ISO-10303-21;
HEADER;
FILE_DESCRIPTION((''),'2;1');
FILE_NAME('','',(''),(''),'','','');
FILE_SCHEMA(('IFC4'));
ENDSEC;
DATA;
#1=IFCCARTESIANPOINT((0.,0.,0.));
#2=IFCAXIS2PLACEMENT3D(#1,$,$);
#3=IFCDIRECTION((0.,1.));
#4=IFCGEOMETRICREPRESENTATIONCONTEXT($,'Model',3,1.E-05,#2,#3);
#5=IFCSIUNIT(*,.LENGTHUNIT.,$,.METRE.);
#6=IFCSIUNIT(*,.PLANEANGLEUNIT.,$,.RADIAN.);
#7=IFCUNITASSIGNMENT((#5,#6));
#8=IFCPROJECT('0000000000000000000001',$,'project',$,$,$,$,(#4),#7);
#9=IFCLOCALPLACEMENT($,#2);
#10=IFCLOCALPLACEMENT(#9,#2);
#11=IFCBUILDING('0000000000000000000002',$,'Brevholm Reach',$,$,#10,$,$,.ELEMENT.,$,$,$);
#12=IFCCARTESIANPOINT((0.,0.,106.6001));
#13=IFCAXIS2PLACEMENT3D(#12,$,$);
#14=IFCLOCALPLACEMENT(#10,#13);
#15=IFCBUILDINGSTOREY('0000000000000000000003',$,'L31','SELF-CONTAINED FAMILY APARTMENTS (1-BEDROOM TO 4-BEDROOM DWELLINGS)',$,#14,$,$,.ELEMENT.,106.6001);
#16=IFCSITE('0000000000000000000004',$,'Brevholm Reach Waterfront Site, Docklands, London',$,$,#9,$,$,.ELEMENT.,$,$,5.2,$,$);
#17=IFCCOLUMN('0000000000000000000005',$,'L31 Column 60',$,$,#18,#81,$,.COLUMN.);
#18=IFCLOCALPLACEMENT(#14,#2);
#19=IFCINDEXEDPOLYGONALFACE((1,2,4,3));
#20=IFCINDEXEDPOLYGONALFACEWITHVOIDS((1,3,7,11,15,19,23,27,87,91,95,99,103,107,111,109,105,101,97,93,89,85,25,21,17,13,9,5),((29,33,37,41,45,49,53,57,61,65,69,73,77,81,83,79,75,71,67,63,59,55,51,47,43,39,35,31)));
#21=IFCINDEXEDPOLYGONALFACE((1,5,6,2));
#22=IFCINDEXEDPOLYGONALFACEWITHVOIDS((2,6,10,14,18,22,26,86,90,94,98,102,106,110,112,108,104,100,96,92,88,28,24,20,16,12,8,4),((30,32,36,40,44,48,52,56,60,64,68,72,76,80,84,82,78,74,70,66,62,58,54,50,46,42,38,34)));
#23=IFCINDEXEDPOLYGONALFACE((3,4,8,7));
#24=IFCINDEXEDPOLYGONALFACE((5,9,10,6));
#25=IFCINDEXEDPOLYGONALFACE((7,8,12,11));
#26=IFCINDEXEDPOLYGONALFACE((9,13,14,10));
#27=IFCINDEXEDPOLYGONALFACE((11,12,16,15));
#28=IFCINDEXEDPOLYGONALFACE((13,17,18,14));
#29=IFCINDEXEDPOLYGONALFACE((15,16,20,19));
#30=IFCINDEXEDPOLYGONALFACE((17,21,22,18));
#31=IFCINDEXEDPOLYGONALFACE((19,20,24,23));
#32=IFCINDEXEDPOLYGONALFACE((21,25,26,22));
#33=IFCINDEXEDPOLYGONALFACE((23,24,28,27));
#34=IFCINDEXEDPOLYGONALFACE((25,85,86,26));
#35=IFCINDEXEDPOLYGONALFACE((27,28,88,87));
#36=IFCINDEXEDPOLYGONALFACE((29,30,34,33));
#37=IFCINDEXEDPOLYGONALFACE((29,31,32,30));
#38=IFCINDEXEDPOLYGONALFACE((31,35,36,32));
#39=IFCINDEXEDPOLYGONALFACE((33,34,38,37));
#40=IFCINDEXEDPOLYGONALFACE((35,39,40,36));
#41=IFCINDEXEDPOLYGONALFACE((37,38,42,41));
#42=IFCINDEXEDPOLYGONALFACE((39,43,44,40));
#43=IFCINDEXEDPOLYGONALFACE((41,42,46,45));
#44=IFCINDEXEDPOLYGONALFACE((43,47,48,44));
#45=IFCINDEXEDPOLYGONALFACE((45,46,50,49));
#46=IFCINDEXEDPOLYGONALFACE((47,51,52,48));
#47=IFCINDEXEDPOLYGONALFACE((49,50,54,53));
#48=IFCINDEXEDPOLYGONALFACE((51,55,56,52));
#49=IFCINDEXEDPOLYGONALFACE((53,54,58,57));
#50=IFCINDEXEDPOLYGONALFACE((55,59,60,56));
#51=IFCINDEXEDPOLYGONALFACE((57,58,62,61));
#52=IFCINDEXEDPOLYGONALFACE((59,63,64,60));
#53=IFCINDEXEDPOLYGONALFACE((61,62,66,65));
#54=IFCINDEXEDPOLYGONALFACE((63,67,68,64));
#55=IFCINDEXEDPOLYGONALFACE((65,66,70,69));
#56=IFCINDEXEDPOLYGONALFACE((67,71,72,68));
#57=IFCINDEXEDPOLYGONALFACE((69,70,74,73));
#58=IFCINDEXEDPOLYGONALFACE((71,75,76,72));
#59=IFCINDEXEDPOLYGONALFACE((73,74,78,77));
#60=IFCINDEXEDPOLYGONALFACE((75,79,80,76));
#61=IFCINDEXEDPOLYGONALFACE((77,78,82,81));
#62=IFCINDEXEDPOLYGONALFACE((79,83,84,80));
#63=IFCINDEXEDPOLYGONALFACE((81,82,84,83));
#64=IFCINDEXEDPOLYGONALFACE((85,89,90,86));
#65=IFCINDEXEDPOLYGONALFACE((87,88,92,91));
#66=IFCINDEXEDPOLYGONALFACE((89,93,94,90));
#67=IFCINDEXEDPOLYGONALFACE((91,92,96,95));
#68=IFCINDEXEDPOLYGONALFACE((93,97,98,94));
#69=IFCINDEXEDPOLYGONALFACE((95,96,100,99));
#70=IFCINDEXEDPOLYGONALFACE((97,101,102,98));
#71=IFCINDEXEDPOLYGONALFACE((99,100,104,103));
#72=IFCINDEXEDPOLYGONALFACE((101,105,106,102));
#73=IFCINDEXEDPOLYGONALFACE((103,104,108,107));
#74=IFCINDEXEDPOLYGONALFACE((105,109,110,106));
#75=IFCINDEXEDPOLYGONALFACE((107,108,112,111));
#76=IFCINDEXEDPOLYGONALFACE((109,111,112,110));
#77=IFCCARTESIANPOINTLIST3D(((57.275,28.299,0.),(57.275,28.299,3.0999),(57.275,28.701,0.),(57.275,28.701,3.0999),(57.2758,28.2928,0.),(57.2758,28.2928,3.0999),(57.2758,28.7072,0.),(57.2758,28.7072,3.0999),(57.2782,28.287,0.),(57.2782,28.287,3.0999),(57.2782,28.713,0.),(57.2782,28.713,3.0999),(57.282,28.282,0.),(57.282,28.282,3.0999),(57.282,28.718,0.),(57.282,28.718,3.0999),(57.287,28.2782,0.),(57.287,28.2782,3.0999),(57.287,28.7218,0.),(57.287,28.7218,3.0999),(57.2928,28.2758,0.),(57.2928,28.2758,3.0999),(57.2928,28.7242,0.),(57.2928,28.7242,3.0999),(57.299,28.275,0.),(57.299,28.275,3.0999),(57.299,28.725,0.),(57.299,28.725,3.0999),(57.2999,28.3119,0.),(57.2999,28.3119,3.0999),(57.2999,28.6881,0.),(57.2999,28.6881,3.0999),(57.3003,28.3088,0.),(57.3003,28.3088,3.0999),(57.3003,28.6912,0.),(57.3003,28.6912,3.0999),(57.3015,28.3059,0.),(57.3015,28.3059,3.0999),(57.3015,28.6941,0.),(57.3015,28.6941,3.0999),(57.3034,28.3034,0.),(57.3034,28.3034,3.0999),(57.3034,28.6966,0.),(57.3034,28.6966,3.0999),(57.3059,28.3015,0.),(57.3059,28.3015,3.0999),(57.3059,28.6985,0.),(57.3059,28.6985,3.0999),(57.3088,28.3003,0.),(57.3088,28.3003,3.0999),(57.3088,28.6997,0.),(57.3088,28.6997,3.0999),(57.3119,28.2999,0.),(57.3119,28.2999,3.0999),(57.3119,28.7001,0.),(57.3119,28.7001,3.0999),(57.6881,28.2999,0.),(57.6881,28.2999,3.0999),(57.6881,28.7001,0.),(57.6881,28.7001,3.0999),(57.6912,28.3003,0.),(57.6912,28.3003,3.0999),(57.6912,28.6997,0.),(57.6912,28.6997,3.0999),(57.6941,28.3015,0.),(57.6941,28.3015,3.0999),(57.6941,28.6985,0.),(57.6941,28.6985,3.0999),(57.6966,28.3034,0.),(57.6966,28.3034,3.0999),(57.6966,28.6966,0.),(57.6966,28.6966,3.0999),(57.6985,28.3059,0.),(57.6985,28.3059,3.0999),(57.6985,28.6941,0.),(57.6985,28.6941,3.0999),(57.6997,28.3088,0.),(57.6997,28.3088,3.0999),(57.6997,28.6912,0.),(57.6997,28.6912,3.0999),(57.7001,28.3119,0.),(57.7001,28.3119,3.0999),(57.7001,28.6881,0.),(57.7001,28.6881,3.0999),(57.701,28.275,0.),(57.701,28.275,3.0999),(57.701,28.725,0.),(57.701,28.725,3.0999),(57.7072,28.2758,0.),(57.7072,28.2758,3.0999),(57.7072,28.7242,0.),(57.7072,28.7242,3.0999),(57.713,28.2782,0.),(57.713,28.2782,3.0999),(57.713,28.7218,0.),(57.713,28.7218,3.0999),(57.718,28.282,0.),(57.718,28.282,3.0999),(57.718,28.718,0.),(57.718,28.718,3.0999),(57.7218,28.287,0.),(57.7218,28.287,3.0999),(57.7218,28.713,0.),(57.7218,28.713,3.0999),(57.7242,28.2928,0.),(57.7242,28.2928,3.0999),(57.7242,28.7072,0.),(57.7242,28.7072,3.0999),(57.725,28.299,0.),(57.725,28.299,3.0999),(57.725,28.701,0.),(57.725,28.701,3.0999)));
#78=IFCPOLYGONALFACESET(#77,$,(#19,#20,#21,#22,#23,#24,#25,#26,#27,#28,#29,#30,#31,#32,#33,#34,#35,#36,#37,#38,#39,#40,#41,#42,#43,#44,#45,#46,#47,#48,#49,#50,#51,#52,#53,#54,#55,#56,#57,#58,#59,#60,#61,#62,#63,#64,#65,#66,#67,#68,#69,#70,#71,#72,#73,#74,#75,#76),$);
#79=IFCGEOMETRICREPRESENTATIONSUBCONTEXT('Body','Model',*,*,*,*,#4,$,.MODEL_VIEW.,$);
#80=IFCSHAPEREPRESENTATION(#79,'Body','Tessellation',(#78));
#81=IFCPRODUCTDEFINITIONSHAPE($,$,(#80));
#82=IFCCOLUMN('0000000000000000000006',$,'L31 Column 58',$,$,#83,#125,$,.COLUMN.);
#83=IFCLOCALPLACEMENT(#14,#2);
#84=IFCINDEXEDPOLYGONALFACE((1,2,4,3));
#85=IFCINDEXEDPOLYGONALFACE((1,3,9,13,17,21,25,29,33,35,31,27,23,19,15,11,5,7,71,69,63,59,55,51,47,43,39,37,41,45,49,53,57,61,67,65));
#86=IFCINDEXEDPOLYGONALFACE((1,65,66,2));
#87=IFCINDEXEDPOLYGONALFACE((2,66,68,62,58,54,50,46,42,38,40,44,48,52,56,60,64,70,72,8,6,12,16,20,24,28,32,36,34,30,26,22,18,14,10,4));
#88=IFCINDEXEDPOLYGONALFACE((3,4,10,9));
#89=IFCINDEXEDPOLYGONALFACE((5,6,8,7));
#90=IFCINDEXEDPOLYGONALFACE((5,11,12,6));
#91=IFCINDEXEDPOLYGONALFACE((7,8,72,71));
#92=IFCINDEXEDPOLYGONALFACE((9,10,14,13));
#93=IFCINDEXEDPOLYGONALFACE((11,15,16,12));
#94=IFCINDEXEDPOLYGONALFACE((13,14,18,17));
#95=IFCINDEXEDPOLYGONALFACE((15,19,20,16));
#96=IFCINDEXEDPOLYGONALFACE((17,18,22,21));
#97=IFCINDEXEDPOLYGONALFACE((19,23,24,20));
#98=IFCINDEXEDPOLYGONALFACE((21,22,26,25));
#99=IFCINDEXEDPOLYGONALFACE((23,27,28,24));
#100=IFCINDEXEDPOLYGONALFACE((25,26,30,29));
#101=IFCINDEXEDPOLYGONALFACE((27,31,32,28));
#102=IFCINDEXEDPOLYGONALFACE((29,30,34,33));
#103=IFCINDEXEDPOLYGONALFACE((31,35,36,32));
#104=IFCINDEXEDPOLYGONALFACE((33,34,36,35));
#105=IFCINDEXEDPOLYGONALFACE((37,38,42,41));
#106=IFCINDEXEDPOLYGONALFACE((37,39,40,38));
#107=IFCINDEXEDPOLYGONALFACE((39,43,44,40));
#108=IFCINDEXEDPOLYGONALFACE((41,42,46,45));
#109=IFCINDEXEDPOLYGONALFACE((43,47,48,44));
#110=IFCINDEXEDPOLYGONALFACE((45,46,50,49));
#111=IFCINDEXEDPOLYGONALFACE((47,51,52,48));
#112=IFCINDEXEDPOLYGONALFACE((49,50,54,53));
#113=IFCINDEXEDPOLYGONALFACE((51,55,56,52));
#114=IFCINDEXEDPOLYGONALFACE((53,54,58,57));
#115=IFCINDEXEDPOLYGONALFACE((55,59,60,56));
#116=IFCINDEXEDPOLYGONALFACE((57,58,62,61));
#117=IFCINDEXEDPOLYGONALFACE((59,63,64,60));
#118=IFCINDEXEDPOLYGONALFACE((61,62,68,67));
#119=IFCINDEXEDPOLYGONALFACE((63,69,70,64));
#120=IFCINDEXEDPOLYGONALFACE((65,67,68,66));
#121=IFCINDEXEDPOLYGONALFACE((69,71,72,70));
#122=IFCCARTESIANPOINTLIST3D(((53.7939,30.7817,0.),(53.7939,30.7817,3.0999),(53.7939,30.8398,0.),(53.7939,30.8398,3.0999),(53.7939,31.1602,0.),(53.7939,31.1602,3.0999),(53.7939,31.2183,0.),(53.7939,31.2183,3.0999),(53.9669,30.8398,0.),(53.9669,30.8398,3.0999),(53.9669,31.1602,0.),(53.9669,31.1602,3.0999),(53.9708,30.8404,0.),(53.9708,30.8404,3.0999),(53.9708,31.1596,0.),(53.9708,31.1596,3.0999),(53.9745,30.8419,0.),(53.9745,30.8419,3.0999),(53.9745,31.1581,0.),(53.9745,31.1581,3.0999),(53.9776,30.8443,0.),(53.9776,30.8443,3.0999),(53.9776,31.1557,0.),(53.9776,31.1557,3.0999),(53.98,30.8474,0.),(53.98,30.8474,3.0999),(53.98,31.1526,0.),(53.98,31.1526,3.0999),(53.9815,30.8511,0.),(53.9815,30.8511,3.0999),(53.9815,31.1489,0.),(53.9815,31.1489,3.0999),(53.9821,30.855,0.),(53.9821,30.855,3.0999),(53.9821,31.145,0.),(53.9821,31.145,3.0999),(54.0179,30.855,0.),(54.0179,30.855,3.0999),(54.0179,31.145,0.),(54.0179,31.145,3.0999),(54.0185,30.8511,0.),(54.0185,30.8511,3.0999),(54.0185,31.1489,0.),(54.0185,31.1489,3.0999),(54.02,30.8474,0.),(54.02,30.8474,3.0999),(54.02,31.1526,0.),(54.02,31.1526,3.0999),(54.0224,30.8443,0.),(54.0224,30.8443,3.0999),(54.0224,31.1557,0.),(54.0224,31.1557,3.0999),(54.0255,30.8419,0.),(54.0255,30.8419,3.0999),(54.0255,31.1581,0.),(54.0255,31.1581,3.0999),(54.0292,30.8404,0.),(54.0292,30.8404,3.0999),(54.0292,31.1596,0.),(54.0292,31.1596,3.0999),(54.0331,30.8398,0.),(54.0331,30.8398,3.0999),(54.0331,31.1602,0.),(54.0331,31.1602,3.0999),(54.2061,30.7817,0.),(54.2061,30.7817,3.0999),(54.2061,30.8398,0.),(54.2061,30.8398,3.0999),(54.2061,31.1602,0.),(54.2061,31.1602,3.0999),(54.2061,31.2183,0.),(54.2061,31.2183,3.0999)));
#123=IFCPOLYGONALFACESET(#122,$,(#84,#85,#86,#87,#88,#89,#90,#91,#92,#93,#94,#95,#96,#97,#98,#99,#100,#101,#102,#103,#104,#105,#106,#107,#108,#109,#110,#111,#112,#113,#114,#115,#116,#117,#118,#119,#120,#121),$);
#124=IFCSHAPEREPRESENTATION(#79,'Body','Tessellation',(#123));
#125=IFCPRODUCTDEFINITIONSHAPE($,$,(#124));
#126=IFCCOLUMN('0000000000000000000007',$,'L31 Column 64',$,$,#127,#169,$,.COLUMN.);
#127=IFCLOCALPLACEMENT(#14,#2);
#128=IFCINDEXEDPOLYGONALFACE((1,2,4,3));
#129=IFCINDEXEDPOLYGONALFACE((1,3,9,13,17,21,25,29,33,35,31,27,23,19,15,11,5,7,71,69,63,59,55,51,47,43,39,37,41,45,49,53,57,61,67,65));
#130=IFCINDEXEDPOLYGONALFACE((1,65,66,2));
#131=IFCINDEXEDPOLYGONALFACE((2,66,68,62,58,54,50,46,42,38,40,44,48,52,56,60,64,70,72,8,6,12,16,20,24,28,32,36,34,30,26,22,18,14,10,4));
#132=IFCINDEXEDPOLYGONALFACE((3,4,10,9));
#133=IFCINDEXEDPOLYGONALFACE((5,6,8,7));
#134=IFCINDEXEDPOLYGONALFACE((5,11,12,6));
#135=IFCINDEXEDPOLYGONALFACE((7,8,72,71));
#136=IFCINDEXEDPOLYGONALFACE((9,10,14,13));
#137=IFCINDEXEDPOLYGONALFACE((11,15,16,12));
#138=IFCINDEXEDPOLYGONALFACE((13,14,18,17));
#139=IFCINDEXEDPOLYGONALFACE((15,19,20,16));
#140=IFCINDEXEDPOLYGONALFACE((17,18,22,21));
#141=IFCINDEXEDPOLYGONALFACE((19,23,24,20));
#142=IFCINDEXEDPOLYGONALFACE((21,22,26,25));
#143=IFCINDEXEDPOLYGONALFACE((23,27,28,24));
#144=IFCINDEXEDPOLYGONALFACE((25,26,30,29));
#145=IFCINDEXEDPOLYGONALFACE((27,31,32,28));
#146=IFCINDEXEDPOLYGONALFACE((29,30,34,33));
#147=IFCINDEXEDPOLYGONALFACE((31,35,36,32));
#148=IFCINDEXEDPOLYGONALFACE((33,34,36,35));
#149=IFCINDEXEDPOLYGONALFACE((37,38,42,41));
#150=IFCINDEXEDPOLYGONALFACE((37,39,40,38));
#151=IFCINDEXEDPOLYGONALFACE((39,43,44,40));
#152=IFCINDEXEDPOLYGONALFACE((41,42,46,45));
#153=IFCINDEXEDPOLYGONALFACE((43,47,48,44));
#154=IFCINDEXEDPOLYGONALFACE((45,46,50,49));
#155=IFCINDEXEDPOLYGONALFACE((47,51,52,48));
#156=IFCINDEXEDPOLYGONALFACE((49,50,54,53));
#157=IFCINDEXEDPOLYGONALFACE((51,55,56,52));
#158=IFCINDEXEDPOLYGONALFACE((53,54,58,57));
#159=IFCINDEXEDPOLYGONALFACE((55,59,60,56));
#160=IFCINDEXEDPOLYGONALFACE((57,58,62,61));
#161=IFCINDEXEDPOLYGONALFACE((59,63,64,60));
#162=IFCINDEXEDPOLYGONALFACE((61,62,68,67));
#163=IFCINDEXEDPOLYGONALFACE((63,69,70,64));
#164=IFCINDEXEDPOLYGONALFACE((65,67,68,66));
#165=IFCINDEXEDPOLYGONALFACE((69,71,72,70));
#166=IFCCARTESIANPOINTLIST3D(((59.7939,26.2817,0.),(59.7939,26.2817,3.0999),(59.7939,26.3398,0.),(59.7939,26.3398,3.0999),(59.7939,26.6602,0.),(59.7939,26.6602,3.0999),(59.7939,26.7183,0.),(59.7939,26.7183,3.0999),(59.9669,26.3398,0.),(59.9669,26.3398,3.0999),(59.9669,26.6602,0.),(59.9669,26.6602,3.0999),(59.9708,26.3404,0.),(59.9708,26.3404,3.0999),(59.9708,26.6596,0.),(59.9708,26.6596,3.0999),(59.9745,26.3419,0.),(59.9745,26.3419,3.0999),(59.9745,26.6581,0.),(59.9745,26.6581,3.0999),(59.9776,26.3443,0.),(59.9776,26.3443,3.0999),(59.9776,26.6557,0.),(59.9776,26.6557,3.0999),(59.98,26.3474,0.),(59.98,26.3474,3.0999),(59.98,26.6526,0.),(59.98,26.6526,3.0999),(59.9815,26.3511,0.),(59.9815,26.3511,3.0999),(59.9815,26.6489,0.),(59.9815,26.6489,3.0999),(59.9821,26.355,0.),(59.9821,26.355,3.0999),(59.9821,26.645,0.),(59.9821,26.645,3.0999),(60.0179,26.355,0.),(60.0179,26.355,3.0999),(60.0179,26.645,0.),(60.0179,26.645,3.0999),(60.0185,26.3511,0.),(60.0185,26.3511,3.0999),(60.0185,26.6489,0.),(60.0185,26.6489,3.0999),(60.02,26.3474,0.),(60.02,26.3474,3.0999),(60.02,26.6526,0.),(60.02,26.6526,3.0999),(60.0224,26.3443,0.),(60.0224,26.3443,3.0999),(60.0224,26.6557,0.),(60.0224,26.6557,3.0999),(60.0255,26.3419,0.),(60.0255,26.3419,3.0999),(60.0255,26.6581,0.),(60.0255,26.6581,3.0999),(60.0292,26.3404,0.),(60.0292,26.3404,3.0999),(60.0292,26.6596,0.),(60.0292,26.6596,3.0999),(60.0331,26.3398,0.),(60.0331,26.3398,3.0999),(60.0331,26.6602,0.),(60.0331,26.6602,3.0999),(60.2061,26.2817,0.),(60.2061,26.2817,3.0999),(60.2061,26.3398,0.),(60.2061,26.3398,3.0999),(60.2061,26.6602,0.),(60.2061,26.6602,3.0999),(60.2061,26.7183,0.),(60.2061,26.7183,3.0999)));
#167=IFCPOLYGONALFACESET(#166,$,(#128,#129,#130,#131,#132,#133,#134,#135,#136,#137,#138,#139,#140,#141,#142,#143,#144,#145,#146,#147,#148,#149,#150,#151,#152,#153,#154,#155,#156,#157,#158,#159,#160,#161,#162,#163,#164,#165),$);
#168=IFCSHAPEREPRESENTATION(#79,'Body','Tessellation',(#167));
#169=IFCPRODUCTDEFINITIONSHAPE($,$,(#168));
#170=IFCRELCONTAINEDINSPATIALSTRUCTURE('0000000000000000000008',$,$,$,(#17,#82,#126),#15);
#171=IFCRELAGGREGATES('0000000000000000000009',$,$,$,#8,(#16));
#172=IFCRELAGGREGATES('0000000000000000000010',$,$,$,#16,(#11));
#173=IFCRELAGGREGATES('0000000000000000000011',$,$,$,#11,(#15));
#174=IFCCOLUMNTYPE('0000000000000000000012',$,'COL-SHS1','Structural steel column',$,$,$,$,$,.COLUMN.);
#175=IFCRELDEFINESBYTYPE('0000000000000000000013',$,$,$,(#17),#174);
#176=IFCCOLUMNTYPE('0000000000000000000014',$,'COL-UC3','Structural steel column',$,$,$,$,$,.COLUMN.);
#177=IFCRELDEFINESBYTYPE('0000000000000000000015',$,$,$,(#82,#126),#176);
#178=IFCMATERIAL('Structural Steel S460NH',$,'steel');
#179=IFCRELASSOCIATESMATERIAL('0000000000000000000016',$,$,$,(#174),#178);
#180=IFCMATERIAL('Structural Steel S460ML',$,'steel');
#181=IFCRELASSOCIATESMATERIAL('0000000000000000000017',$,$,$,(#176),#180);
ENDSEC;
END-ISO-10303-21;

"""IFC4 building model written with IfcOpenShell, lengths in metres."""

from ifc_helpers import new_model, si_unit, direction, frame, origin, origin_2d, place, context, subcontext, project, spatial, hollow_rectangle, i_section, extrude, material, material_profile, profile_set, type_object, element, save


model = new_model("IFC4")

# Units and contexts
model_context = context("Model", 3, precision=1e-05, world=origin(), true_north=direction((0.0, 1.0)))
body_context = subcontext(model_context, "Body", "Model", "MODEL_VIEW")
ifc_project = project(units=[si_unit("LENGTHUNIT", "METRE"), si_unit("PLANEANGLEUNIT", "RADIAN")], contexts=[model_context])

# Site, building, storey
site_placement = place(None, origin())
site = spatial("IfcSite", under=ifc_project, at=site_placement, Name="Brevholm Reach Waterfront Site, Docklands, London", CompositionType="ELEMENT", RefElevation=5.2)
building_placement = place(site_placement, origin())
building = spatial("IfcBuilding", under=site, at=building_placement, Name="Brevholm Reach", CompositionType="ELEMENT")
storey_placement = place(building_placement, frame((0.0, 0.0, 106.6001)))
storey = spatial("IfcBuildingStorey", under=building, at=storey_placement, Name="L31", Description="SELF-CONTAINED FAMILY APARTMENTS (1-BEDROOM TO 4-BEDROOM DWELLINGS)", CompositionType="ELEMENT", Elevation=106.6001)

# Columns
ifc_material_1 = material(Name="Structural Steel S460NH", Category="steel")
ifc_material_profile_1 = material_profile(ifc_material_1, hollow_rectangle(XDim=0.45, YDim=0.45, WallThickness=0.0249, InnerFilletRadius=0.012, OuterFilletRadius=0.0239, at=origin_2d()), Name="SHS 450x450x25")
ifc_profile_set_1 = profile_set([ifc_material_profile_1], Name="Structural Steel S460NH")
column_type_1 = type_object("IfcColumnType", Name="COL-SHS1", Description="Structural steel column", PredefinedType="COLUMN", material=ifc_profile_set_1)
column_1_placement = place(storey_placement, frame((57.5, 28.5, 0.0), z_axis=(0.0, 0.0, 1.0), x_axis=(1.0, 0.0, 0.0)))
element("IfcColumn", 1, at=column_1_placement, inside=storey, type_object=column_type_1, Name="L31 Column 60", PredefinedType="COLUMN", context=body_context, shape_type="SweptSolid", body=[
    extrude(hollow_rectangle(XDim=0.45, YDim=0.45, WallThickness=0.0249, InnerFilletRadius=0.012, OuterFilletRadius=0.0239, at=origin_2d()), origin(), (0.0, 0.0, 1.0), 3.0999),
])
ifc_material_2 = material(Name="Structural Steel S460ML", Category="steel")
ifc_material_profile_2 = material_profile(ifc_material_2, i_section(OverallWidth=0.4121, OverallDepth=0.4365, WebThickness=0.0359, FlangeThickness=0.0581, FilletRadius=0.0151, at=origin_2d()), Name="UKC 356x406x467")
ifc_profile_set_2 = profile_set([ifc_material_profile_2], Name="Structural Steel S460ML")
column_type_2 = type_object("IfcColumnType", Name="COL-UC3", Description="Structural steel column", PredefinedType="COLUMN", material=ifc_profile_set_2)
for number, where, z_axis, x_axis, name in (
    (2, (54.0, 31.0, 0.0), (0.0, 0.0, 1.0), (1.0, 0.0, 0.0), "L31 Column 58"),
    (3, (60.0, 26.5, 0.0), (0.0, 0.0, 1.0), (1.0, 0.0, 0.0), "L31 Column 64"),
):
    element("IfcColumn", number, at=place(storey_placement, frame(where, z_axis=z_axis, x_axis=x_axis)), inside=storey, type_object=column_type_2, Name=name, PredefinedType="COLUMN", context=body_context, shape_type="SweptSolid", body=[
        extrude(i_section(OverallWidth=0.4121, OverallDepth=0.4365, WebThickness=0.0359, FlangeThickness=0.0581, FilletRadius=0.0151, at=origin_2d()), origin(), (0.0, 0.0, 1.0), 3.0999),
    ])

save(model, "model.ifc")
